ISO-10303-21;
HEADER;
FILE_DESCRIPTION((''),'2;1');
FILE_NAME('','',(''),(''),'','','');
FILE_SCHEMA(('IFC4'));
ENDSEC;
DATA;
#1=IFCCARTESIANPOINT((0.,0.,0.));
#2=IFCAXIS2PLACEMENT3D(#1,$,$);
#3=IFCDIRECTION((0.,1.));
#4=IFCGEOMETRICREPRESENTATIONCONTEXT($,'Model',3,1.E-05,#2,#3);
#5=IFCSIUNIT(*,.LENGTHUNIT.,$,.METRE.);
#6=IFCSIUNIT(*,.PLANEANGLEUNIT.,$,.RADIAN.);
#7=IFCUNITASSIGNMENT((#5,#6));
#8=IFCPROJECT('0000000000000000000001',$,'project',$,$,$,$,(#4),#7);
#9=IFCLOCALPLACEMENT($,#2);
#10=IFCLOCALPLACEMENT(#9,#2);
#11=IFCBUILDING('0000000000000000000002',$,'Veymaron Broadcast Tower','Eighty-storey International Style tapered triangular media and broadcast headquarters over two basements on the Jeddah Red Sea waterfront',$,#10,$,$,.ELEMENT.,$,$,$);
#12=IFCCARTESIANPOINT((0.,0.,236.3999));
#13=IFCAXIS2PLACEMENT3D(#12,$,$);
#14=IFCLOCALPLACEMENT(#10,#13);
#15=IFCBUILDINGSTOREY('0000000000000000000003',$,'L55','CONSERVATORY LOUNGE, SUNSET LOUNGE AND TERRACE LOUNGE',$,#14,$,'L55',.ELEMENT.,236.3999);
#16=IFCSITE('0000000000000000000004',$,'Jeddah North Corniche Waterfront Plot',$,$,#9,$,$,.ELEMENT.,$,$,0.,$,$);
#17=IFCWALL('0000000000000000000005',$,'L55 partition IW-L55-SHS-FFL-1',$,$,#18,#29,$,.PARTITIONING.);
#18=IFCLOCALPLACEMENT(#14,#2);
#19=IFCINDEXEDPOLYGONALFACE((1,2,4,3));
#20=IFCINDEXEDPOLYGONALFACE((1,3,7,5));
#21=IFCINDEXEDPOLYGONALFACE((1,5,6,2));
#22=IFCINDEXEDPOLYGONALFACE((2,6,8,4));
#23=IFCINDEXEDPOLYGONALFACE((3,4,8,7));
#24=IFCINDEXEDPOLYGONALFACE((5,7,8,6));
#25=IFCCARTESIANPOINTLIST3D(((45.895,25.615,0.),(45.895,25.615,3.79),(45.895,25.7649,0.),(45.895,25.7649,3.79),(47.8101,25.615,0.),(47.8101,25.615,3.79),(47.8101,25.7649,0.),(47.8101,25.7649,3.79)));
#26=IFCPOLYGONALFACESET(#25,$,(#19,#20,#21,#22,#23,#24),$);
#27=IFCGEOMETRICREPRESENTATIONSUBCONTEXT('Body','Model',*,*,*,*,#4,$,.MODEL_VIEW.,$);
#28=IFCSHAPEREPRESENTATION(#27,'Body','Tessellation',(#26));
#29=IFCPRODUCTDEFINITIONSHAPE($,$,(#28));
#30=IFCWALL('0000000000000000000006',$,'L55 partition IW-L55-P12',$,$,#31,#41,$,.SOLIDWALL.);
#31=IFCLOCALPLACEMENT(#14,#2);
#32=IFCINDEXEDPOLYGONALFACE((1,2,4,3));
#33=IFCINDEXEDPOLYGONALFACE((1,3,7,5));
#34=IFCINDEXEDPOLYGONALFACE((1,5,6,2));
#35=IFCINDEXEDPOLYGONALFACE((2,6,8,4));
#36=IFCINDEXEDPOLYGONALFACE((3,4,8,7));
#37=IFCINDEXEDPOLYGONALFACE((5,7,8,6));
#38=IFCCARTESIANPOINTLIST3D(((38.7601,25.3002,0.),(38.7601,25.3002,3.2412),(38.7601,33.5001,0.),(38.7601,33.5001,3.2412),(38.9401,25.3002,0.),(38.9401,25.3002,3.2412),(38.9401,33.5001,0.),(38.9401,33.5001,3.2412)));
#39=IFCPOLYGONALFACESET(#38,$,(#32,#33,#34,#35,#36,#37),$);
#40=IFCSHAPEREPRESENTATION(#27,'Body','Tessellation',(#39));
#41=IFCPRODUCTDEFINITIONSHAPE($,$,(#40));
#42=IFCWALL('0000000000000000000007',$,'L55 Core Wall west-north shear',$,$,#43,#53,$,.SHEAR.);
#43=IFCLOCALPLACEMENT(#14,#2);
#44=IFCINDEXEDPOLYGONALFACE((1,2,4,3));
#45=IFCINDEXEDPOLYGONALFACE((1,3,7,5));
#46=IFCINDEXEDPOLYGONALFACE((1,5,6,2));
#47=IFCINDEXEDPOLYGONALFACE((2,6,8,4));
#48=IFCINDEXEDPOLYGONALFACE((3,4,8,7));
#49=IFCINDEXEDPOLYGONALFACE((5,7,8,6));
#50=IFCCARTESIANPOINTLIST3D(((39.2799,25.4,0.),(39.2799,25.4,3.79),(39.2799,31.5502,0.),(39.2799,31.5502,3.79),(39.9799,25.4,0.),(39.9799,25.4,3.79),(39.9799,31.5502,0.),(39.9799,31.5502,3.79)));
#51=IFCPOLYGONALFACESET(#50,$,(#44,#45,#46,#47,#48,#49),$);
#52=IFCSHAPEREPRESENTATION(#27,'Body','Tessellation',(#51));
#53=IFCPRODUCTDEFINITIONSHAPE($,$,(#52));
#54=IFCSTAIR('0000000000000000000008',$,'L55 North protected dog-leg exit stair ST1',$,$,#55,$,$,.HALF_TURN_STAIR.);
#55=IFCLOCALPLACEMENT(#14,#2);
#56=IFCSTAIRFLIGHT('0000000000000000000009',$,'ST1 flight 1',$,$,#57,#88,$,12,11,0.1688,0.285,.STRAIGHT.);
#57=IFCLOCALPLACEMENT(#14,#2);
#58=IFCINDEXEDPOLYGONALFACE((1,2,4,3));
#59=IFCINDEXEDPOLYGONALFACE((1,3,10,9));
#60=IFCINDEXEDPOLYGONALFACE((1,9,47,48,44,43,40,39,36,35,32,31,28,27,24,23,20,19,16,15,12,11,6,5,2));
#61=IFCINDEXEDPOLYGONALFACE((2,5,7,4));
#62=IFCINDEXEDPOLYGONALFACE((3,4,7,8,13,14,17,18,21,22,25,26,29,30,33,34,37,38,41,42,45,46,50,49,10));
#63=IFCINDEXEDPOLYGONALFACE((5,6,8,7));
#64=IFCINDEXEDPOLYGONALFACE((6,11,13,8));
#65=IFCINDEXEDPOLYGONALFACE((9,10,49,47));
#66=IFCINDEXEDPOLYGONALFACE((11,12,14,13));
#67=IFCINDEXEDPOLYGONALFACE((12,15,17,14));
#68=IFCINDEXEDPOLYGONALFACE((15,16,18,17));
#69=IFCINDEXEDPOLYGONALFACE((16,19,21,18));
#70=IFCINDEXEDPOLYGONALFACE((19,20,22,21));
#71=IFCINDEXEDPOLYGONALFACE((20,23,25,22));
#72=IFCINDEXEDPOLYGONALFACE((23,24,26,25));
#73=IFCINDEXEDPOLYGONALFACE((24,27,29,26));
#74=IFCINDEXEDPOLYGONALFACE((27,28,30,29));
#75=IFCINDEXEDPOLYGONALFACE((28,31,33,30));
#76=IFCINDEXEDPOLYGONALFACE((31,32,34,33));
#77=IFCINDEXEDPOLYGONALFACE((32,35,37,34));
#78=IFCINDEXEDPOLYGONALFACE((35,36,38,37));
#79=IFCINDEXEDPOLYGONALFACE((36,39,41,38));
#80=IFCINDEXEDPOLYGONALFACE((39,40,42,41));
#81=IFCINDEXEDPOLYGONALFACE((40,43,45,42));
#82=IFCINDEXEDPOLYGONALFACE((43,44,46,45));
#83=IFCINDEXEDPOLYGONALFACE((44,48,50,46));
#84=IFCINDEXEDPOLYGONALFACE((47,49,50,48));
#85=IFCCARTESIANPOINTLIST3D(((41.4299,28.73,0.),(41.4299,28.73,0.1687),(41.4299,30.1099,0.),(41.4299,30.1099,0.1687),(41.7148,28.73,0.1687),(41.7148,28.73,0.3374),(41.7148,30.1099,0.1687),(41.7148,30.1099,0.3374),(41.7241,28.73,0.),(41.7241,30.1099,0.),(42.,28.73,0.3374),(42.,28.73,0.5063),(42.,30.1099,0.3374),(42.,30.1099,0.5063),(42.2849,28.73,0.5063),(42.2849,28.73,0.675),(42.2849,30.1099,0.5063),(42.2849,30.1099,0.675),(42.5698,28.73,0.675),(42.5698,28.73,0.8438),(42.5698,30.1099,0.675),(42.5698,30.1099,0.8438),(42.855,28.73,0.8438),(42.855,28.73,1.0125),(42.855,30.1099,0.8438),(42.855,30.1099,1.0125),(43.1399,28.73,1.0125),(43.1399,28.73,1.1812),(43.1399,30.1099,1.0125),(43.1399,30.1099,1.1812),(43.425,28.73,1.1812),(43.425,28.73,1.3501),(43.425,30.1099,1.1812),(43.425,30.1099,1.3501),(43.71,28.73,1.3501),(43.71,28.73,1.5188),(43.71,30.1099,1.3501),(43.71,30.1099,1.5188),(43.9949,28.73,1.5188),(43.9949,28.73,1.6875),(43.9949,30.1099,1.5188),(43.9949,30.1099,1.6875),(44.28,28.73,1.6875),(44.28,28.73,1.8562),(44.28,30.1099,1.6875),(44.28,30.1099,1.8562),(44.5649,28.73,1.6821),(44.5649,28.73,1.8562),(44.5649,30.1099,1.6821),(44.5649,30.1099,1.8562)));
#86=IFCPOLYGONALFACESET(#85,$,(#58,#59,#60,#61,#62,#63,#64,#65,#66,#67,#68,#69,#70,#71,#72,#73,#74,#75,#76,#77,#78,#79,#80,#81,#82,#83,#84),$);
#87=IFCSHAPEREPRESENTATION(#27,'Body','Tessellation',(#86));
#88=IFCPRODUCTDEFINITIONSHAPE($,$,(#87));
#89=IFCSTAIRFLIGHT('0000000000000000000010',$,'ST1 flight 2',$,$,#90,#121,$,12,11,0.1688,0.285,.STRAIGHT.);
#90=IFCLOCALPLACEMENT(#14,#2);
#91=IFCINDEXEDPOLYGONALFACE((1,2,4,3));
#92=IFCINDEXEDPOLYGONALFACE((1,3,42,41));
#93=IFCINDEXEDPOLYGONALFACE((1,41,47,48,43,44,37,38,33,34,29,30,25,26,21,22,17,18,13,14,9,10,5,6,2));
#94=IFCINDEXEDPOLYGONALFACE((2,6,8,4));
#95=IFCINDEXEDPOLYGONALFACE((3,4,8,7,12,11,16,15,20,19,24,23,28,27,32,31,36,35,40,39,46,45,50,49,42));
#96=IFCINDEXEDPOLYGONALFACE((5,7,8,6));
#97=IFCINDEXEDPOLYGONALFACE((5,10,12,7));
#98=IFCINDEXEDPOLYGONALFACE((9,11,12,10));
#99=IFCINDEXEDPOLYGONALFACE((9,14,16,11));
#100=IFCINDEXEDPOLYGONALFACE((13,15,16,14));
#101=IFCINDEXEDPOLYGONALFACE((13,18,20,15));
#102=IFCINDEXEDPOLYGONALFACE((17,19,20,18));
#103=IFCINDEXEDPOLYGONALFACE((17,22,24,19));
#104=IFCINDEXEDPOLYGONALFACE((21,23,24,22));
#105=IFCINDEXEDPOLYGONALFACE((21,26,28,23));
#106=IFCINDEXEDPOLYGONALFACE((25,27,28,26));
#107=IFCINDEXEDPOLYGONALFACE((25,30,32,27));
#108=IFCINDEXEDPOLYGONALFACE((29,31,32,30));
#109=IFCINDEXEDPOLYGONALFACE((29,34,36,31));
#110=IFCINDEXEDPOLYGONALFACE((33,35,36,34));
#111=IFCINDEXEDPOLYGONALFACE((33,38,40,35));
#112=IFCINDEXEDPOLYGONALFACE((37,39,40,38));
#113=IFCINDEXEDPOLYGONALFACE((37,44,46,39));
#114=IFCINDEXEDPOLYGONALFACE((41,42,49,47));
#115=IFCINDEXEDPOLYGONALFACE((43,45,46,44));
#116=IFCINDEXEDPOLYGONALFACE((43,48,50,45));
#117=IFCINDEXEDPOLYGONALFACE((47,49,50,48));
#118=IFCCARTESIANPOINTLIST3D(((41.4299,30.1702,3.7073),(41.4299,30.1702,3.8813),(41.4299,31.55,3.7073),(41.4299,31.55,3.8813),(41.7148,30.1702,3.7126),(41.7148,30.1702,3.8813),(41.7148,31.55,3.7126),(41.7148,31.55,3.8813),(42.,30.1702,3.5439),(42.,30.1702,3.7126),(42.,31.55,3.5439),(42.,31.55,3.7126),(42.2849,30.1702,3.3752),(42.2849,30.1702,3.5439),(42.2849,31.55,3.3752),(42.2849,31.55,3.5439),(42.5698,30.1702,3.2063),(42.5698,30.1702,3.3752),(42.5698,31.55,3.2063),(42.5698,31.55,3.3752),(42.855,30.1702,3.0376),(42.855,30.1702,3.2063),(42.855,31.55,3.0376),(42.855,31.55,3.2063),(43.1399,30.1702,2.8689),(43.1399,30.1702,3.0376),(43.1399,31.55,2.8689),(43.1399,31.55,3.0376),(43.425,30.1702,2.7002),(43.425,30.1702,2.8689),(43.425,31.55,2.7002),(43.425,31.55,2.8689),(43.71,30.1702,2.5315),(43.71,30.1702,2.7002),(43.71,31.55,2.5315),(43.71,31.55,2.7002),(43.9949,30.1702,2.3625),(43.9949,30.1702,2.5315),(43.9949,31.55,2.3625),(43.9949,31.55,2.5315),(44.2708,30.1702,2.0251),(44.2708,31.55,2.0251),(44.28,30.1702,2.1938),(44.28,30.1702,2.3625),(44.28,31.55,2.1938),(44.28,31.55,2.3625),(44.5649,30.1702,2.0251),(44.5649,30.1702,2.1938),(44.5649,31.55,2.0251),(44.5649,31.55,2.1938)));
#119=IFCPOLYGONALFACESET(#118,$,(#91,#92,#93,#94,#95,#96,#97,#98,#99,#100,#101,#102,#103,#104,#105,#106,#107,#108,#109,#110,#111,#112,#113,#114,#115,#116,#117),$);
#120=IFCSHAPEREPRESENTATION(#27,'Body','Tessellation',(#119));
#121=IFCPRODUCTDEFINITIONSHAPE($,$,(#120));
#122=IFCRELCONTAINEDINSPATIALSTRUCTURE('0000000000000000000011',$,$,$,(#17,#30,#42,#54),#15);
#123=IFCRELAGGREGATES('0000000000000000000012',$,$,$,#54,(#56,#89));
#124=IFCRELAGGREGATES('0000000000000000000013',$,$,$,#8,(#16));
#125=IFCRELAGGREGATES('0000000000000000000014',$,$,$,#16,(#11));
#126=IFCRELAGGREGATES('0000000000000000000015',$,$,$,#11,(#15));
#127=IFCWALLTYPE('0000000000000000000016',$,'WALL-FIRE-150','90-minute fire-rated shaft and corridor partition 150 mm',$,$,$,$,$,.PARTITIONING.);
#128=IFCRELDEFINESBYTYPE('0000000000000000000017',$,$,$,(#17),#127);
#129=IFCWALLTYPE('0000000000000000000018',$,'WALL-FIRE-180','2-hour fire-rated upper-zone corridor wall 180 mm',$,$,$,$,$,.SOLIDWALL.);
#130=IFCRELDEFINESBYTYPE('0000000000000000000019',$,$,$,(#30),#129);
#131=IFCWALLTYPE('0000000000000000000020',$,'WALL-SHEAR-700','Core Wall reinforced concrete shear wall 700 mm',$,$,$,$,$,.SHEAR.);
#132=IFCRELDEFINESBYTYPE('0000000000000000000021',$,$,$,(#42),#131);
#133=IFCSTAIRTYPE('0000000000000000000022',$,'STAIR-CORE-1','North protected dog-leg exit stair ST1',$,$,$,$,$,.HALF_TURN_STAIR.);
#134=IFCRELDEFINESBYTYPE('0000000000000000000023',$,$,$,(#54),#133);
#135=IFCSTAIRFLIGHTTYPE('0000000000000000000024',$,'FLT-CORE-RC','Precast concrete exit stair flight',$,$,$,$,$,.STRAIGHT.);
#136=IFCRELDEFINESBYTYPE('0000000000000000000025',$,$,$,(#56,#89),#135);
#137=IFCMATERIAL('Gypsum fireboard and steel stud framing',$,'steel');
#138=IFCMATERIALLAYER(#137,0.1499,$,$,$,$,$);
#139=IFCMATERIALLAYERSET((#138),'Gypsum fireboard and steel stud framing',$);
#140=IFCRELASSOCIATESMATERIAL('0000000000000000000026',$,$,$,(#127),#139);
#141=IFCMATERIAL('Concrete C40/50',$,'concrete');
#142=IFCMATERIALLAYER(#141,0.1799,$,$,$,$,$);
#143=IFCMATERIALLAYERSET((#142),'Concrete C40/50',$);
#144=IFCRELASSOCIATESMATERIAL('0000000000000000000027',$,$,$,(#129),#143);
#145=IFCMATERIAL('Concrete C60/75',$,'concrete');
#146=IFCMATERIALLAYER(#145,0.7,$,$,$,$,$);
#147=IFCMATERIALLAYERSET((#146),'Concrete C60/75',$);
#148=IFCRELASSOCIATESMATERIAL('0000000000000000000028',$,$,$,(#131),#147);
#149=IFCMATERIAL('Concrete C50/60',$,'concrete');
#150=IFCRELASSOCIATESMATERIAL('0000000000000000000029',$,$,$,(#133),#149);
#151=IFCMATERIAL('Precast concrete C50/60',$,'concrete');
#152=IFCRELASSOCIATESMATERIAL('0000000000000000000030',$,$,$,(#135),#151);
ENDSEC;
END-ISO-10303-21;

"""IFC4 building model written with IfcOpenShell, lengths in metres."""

from ifc_helpers import new_model, si_unit, direction, frame, frame_2d, origin, place, context, subcontext, project, spatial, polyline, rectangle, outline, extrude, material, layer, layer_set, type_object, element, aggregate, save


model = new_model("IFC4")

# Units and contexts
model_context = context("Model", 3, precision=1e-05, world=origin(), true_north=direction((0.0, 1.0)))
body_context = subcontext(model_context, "Body", "Model", "MODEL_VIEW")
ifc_project = project(units=[si_unit("LENGTHUNIT", "METRE"), si_unit("PLANEANGLEUNIT", "RADIAN")], contexts=[model_context])

# Site, building, storey
site_placement = place(None, origin())
site = spatial("IfcSite", under=ifc_project, at=site_placement, Name="Jeddah North Corniche Waterfront Plot", CompositionType="ELEMENT", RefElevation=0.0)
building_placement = place(site_placement, origin())
building = spatial("IfcBuilding", under=site, at=building_placement, Name="Veymaron Broadcast Tower", Description="Eighty-storey International Style tapered triangular media and broadcast headquarters over two basements on the Jeddah Red Sea waterfront", CompositionType="ELEMENT")
storey_placement = place(building_placement, frame((0.0, 0.0, 236.3999)))
storey = spatial("IfcBuildingStorey", under=building, at=storey_placement, Name="L55", Description="CONSERVATORY LOUNGE, SUNSET LOUNGE AND TERRACE LOUNGE", LongName="L55", CompositionType="ELEMENT", Elevation=236.3999)

# Shared definitions
ifc_material_1 = material(Name="Gypsum fireboard and steel stud framing", Category="steel")
ifc_layer_1 = layer(ifc_material_1, 0.1499)
ifc_layer_set_1 = layer_set([ifc_layer_1], Name="Gypsum fireboard and steel stud framing")
wall_type_1 = type_object("IfcWallType", Name="WALL-FIRE-150", Description="90-minute fire-rated shaft and corridor partition 150 mm", PredefinedType="PARTITIONING", material=ifc_layer_set_1)

# Walls
wall_1_placement = place(storey_placement, frame((45.895, 25.6899, 0.0), z_axis=(0.0, 0.0, 1.0), x_axis=(1.0, 0.0, 0.0)))
element("IfcWall", 1, at=wall_1_placement, inside=storey, type_object=wall_type_1, Name="L55 partition IW-L55-SHS-FFL-1", PredefinedType="PARTITIONING", context=body_context, shape_type="SweptSolid", body=[
    extrude(rectangle(XDim=1.915, YDim=0.1499, at=frame_2d((0.9575, 0.0))), origin(), (0.0, 0.0, 1.0), 3.79),
])
ifc_material_2 = material(Name="Concrete C40/50", Category="concrete")
ifc_layer_2 = layer(ifc_material_2, 0.1799)
ifc_layer_set_2 = layer_set([ifc_layer_2], Name="Concrete C40/50")
wall_type_2 = type_object("IfcWallType", Name="WALL-FIRE-180", Description="2-hour fire-rated upper-zone corridor wall 180 mm", PredefinedType="SOLIDWALL", material=ifc_layer_set_2)
wall_2_placement = place(storey_placement, frame((38.8501, 25.3, 0.0), z_axis=(0.0, 0.0, 1.0), x_axis=(0.0, 1.0, 0.0)))
element("IfcWall", 2, at=wall_2_placement, inside=storey, type_object=wall_type_2, Name="L55 partition IW-L55-P12", PredefinedType="SOLIDWALL", context=body_context, shape_type="SweptSolid", body=[
    extrude(rectangle(XDim=8.2, YDim=0.1799, at=frame_2d((4.1001, 0.0))), origin(), (0.0, 0.0, 1.0), 3.2412),
])

# Shared definitions
ifc_material_3 = material(Name="Concrete C50/60", Category="concrete")

# Wall
ifc_material_4 = material(Name="Concrete C60/75", Category="concrete")
ifc_layer_3 = layer(ifc_material_4, 0.7)
ifc_layer_set_3 = layer_set([ifc_layer_3], Name="Concrete C60/75")
wall_type_3 = type_object("IfcWallType", Name="WALL-SHEAR-700", Description="Core Wall reinforced concrete shear wall 700 mm", PredefinedType="SHEAR", material=ifc_layer_set_3)
wall_3_placement = place(storey_placement, frame((39.6299, 25.3999, 0.0), z_axis=(0.0, 0.0, 1.0), x_axis=(0.0, 1.0, 0.0)))
element("IfcWall", 3, at=wall_3_placement, inside=storey, type_object=wall_type_3, Name="L55 Core Wall west-north shear", PredefinedType="SHEAR", context=body_context, shape_type="SweptSolid", body=[
    extrude(rectangle(XDim=6.1501, YDim=0.7, at=frame_2d((3.0752, 0.0))), origin(), (0.0, 0.0, 1.0), 3.79),
])

# Stair, stair flights
stair_type = type_object("IfcStairType", Name="STAIR-CORE-1", Description="North protected dog-leg exit stair ST1", PredefinedType="HALF_TURN_STAIR", material=ifc_material_3)
stair_placement = place(storey_placement, origin())
stair = element("IfcStair", 4, at=stair_placement, inside=storey, type_object=stair_type, Name="L55 North protected dog-leg exit stair ST1", PredefinedType="HALF_TURN_STAIR")
ifc_material_5 = material(Name="Precast concrete C50/60", Category="concrete")
stair_flight_type = type_object("IfcStairFlightType", Name="FLT-CORE-RC", Description="Precast concrete exit stair flight", PredefinedType="STRAIGHT", material=ifc_material_5)
stair_flight_1_placement = place(storey_placement, frame((41.4299, 29.4199, 0.0), z_axis=(0.0, 0.0, 1.0), x_axis=(1.0, 0.0, 0.0)))
stair_flight_1 = element("IfcStairFlight", 5, at=stair_flight_1_placement, type_object=stair_flight_type, Name="ST1 flight 1", NumberOfRisers=12, NumberOfTreads=11, PredefinedType="STRAIGHT", RiserHeight=0.1688, TreadLength=0.285, context=body_context, shape_type="SweptSolid", body=[
    extrude(outline(polyline([(0.0, 0.0), (0.0, 0.1687), (0.2849, 0.1687), (0.2849, 0.3374), (0.5701, 0.3374), (0.5701, 0.5063), (0.855, 0.5063), (0.855, 0.675), (1.1399, 0.675), (1.1399, 0.8438), (1.425, 0.8438), (1.425, 1.0125), (1.71, 1.0125), (1.71, 1.1812), (1.9951, 1.1812), (1.9951, 1.3501), (2.28, 1.3501), (2.28, 1.5188), (2.5649, 1.5188), (2.5649, 1.6875), (2.8501, 1.6875), (2.8501, 1.8562), (3.135, 1.8562), (3.135, 2.0249), (3.135, 1.6821), (0.2942, 0.0), (0.0, 0.0)])), frame((0.0, 0.6899, 0.0), z_axis=(0.0, -1.0, 0.0), x_axis=(1.0, 0.0, 0.0)), (0.0, 0.0, 1.0), 1.3799),
])
stair_flight_2_placement = place(storey_placement, frame((44.5649, 30.8601, 2.0251), z_axis=(0.0, 0.0, 1.0), x_axis=(-1.0, 0.0, 0.0)))
stair_flight_2 = element("IfcStairFlight", 6, at=stair_flight_2_placement, type_object=stair_flight_type, Name="ST1 flight 2", NumberOfRisers=12, NumberOfTreads=11, PredefinedType="STRAIGHT", RiserHeight=0.1688, TreadLength=0.285, context=body_context, shape_type="SweptSolid", body=[
    extrude(outline(polyline([(0.0, 0.0), (0.0, 0.1687), (0.2849, 0.1687), (0.2849, 0.3374), (0.5701, 0.3374), (0.5701, 0.5063), (0.855, 0.5063), (0.855, 0.675), (1.1399, 0.675), (1.1399, 0.8438), (1.425, 0.8438), (1.425, 1.0125), (1.71, 1.0125), (1.71, 1.1812), (1.9951, 1.1812), (1.9951, 1.3501), (2.28, 1.3501), (2.28, 1.5188), (2.5649, 1.5188), (2.5649, 1.6875), (2.8501, 1.6875), (2.8501, 1.8562), (3.135, 1.8562), (3.135, 2.0249), (3.135, 1.6821), (0.2942, 0.0), (0.0, 0.0)])), frame((0.0, 0.6899, 0.0), z_axis=(0.0, -1.0, 0.0), x_axis=(1.0, 0.0, 0.0)), (0.0, 0.0, 1.0), 1.3799),
])
aggregate(stair, [stair_flight_1, stair_flight_2])

save(model, "model.ifc")
